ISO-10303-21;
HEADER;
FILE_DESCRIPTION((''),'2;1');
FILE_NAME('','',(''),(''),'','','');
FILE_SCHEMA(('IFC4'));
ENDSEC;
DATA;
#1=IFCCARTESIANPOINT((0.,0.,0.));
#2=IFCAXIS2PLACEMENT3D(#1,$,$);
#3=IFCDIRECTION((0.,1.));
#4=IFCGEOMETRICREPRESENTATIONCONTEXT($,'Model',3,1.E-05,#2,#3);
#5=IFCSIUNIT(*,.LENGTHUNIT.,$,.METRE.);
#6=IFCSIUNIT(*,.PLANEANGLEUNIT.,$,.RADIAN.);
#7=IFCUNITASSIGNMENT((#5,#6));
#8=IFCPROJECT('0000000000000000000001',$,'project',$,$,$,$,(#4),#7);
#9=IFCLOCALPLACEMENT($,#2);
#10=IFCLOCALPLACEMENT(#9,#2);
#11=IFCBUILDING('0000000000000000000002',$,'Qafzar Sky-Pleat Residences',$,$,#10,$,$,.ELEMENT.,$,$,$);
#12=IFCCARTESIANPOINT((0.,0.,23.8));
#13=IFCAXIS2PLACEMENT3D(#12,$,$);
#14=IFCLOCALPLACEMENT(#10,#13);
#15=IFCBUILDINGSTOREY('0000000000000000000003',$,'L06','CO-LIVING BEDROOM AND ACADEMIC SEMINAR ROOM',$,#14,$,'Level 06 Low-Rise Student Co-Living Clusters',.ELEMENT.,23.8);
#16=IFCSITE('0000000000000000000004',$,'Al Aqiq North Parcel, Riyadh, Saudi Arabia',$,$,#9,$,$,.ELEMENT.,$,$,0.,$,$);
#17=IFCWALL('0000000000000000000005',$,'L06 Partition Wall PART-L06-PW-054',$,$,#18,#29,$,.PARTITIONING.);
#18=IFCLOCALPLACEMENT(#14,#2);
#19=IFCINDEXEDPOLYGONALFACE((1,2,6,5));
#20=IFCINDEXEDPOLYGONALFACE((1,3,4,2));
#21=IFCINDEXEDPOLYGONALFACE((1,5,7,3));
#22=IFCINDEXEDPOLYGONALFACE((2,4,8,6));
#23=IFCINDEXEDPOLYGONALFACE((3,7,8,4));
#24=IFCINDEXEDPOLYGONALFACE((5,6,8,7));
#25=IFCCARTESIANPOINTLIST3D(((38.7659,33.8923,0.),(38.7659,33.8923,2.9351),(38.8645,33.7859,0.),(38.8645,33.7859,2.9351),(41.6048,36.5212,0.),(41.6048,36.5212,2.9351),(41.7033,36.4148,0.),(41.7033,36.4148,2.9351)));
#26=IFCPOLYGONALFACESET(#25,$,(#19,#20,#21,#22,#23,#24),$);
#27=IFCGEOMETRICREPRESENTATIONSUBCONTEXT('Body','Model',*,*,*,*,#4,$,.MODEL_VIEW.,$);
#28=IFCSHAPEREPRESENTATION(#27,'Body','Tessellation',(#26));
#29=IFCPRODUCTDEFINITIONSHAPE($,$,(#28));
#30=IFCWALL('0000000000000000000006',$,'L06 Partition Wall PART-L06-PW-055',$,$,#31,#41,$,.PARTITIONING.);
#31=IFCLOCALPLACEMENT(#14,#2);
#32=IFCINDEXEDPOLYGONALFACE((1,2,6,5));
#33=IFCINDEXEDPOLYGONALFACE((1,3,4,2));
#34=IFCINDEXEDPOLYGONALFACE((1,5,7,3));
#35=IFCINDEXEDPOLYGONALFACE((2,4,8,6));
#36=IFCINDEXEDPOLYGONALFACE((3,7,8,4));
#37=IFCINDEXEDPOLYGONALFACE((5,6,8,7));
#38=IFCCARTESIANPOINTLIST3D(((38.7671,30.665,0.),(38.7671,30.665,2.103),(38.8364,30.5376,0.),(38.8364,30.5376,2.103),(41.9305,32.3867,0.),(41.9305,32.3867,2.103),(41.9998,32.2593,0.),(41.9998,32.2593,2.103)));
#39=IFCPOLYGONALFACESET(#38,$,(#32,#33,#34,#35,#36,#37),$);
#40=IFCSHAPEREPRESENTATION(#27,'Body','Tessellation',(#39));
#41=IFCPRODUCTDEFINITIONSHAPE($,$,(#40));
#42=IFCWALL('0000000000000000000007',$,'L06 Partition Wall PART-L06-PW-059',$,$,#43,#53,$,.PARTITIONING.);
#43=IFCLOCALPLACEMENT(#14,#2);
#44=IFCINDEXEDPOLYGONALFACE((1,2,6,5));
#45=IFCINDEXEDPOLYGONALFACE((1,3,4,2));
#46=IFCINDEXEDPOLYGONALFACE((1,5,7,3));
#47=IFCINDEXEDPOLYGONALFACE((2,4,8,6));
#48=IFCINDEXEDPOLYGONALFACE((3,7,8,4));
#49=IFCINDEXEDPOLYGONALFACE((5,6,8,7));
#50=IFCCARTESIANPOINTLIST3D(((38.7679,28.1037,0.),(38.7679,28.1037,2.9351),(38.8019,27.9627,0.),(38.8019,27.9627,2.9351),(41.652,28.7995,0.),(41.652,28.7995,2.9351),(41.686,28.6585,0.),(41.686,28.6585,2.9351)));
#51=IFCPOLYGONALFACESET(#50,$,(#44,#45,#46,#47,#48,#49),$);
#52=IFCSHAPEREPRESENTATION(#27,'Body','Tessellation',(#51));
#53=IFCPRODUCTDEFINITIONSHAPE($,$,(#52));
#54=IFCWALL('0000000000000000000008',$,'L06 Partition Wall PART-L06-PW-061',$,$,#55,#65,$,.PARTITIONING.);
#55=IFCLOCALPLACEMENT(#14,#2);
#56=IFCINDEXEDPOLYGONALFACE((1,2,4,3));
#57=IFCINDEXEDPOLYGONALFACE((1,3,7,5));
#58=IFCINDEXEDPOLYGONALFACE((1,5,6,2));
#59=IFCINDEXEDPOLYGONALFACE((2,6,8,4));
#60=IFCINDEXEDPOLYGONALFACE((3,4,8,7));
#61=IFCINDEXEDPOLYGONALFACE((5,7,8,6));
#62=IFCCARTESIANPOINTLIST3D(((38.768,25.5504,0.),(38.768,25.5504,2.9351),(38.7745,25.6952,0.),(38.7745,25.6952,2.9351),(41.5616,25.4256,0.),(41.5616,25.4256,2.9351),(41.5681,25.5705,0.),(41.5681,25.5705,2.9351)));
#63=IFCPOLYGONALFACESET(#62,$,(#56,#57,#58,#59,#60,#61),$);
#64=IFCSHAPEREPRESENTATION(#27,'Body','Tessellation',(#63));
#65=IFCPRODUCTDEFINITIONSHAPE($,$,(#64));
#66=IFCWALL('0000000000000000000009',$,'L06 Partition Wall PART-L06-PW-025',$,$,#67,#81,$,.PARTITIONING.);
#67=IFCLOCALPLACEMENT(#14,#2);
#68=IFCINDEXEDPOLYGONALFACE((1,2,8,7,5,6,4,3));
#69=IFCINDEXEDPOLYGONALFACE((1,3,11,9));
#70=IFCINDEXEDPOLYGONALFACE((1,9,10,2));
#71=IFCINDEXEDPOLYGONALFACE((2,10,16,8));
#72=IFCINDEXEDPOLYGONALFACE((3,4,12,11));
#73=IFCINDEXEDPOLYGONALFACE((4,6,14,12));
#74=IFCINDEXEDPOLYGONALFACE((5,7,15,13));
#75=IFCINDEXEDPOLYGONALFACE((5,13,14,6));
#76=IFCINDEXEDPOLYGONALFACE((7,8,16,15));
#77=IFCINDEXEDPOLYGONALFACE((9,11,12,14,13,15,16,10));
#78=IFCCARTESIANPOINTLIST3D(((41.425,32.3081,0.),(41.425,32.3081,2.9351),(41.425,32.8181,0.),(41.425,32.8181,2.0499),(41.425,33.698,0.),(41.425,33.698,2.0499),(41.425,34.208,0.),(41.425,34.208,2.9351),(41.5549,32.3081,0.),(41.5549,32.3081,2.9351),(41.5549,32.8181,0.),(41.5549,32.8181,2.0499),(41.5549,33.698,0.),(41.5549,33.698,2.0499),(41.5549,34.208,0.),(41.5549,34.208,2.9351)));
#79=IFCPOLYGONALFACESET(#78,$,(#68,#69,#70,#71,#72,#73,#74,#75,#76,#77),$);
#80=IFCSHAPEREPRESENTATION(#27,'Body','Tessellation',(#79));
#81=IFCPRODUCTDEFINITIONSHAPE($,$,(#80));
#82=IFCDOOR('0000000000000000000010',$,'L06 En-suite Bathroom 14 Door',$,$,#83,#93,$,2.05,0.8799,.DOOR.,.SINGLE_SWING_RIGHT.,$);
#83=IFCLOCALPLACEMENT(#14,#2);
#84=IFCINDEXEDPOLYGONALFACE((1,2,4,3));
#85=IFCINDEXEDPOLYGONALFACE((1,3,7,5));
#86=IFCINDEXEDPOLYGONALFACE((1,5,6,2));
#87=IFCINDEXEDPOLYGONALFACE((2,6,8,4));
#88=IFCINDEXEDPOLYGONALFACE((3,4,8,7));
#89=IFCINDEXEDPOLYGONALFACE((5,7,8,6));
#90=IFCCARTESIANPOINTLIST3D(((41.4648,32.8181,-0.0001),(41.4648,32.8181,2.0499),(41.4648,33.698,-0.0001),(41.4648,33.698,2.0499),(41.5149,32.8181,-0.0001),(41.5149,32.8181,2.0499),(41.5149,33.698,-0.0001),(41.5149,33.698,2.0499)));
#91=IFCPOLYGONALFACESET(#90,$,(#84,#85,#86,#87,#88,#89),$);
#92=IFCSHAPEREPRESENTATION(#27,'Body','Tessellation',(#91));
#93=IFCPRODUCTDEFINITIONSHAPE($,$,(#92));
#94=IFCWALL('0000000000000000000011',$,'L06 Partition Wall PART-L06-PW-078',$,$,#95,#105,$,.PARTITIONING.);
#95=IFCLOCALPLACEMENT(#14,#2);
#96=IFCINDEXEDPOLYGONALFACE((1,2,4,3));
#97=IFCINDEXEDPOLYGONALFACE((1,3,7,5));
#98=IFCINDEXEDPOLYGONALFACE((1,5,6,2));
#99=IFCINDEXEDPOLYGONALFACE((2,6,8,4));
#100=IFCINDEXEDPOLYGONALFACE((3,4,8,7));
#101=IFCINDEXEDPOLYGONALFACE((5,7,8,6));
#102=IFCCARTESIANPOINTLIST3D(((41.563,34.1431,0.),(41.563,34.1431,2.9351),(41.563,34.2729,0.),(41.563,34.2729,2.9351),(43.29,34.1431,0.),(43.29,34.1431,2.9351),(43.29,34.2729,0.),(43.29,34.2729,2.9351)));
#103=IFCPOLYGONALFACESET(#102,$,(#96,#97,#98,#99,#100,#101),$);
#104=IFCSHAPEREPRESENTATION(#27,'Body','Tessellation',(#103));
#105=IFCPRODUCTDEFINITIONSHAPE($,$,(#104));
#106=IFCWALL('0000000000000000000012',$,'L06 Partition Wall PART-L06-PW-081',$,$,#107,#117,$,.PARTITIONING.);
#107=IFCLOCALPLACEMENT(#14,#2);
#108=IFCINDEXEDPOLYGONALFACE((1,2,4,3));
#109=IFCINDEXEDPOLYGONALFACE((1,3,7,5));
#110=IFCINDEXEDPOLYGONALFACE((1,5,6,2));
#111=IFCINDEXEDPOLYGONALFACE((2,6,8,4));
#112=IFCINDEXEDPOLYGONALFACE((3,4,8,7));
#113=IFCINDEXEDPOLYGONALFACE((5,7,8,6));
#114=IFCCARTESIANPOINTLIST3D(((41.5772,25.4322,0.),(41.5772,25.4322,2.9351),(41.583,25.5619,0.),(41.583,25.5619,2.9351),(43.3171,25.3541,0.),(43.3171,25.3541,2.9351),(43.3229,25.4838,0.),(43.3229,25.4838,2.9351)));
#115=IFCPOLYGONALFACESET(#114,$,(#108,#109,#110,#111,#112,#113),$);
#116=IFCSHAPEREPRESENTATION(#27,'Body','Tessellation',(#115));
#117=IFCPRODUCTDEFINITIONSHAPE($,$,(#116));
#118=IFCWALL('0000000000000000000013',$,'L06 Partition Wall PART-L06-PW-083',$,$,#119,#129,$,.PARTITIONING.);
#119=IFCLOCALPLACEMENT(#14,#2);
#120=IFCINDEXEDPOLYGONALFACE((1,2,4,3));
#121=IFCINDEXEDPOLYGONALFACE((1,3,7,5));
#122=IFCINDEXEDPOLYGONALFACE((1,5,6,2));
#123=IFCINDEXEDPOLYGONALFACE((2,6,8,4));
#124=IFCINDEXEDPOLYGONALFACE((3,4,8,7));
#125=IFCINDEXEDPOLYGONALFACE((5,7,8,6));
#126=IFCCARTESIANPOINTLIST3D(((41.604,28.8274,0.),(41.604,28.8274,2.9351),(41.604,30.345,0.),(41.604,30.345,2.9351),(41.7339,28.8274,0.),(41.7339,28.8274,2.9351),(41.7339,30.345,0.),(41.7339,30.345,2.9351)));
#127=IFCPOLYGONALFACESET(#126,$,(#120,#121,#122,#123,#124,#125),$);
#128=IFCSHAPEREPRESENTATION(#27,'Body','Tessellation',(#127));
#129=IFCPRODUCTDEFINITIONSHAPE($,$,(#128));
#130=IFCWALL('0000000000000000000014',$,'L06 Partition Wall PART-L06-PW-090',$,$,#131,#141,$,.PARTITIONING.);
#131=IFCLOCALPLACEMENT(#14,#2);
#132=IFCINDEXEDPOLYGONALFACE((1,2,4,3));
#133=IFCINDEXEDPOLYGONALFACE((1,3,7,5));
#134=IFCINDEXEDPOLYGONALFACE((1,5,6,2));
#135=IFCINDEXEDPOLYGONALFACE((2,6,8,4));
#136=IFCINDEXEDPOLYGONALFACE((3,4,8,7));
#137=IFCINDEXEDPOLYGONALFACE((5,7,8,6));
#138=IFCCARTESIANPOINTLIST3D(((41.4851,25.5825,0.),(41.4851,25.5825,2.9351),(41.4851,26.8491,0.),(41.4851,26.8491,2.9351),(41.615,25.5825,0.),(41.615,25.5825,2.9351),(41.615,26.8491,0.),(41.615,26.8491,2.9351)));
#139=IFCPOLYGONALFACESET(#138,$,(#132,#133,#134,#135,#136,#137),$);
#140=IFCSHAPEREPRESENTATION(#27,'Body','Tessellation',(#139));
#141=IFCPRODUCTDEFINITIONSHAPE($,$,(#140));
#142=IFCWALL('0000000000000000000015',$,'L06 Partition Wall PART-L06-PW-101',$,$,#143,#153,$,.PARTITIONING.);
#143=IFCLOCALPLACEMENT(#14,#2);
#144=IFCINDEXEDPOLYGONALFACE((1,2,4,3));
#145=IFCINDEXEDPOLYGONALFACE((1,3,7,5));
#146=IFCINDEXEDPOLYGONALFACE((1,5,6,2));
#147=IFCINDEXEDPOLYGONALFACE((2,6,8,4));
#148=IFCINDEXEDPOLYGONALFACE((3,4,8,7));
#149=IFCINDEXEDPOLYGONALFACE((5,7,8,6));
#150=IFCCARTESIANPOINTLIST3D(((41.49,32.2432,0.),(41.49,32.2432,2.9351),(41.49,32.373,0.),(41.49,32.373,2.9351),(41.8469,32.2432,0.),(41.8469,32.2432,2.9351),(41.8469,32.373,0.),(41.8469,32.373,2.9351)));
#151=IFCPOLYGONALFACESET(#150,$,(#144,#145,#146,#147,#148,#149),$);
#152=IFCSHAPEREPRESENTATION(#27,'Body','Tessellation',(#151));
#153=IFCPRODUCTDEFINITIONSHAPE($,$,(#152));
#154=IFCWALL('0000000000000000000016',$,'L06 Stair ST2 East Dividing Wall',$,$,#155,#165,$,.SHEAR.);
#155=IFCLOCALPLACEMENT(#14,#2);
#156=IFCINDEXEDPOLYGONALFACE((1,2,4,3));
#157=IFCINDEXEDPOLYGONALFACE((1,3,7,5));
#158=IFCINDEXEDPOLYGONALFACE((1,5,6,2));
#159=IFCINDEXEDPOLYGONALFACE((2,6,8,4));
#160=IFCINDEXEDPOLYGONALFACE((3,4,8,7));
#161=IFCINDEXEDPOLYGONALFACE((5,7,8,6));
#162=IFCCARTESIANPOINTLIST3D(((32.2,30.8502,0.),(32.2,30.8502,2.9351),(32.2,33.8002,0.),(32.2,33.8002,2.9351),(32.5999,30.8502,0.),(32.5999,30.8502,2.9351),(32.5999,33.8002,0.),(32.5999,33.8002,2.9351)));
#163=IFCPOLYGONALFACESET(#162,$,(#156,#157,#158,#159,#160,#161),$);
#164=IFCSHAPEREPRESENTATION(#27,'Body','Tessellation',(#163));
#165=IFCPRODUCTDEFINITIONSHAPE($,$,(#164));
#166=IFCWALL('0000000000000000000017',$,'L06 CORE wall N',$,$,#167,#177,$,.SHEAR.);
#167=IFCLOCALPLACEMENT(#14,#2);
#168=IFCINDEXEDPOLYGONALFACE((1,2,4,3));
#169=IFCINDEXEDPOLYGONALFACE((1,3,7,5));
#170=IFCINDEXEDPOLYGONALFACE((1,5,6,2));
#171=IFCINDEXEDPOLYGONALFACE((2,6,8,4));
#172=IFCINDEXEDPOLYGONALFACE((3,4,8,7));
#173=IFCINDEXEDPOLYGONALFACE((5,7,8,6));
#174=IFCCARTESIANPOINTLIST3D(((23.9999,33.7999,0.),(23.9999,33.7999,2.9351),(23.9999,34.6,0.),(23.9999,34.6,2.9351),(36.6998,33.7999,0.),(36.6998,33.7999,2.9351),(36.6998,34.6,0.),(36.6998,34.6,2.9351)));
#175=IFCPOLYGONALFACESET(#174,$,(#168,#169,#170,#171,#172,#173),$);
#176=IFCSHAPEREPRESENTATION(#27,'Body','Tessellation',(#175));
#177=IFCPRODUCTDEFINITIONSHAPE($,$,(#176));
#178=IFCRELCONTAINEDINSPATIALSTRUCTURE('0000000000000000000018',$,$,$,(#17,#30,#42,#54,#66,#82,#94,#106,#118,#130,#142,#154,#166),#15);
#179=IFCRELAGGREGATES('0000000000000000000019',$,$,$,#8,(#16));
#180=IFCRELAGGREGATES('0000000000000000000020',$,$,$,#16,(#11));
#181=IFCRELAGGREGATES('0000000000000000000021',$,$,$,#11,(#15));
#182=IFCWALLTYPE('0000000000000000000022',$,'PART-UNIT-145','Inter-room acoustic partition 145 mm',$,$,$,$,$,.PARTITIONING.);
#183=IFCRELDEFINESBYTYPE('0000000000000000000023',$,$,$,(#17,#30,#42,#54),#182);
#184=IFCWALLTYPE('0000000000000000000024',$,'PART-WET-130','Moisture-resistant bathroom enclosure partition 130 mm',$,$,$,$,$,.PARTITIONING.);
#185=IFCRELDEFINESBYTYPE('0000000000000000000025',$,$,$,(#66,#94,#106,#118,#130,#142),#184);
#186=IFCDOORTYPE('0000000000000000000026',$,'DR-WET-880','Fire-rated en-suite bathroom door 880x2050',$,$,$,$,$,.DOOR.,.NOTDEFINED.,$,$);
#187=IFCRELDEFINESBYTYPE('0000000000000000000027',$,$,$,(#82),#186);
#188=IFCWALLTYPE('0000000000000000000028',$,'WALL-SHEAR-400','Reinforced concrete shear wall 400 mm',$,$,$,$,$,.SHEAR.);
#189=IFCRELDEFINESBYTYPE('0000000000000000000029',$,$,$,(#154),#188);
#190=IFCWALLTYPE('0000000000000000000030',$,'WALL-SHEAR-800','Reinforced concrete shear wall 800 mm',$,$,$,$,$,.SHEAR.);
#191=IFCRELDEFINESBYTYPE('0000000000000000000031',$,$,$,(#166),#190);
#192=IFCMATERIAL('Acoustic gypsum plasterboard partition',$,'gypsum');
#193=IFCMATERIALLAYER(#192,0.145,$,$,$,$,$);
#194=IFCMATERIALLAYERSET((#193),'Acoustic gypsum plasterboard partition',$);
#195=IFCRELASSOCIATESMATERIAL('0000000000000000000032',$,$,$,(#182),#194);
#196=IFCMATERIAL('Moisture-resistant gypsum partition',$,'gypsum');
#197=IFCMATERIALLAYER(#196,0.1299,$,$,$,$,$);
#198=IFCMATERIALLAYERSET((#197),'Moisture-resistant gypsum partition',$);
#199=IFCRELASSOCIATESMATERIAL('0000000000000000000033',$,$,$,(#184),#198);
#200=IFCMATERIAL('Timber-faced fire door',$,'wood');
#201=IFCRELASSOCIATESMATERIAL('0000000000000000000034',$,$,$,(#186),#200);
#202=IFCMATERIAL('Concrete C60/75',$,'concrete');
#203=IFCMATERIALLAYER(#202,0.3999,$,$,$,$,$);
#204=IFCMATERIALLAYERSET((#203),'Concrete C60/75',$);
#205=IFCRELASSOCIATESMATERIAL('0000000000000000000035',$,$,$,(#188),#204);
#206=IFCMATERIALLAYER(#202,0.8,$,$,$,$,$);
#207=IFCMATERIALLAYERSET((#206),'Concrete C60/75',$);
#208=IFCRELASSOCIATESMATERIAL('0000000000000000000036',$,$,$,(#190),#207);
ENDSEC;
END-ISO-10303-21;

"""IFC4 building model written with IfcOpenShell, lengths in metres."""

from ifc_helpers import new_model, si_unit, direction, frame, frame_2d, origin, place, context, subcontext, project, spatial, rectangle, extrude, source, transform, mapped, material, layer, layer_set, type_object, element, fill, save


model = new_model("IFC4")

# Units and contexts
model_context = context("Model", 3, precision=1e-05, world=origin(), true_north=direction((0.0, 1.0)))
body_context = subcontext(model_context, "Body", "Model", "MODEL_VIEW")
ifc_project = project(units=[si_unit("LENGTHUNIT", "METRE"), si_unit("PLANEANGLEUNIT", "RADIAN")], contexts=[model_context])

# Site, building, storey
site_placement = place(None, origin())
site = spatial("IfcSite", under=ifc_project, at=site_placement, Name="Al Aqiq North Parcel, Riyadh, Saudi Arabia", CompositionType="ELEMENT", RefElevation=0.0)
building_placement = place(site_placement, origin())
building = spatial("IfcBuilding", under=site, at=building_placement, Name="Qafzar Sky-Pleat Residences", CompositionType="ELEMENT")
storey_placement = place(building_placement, frame((0.0, 0.0, 23.8)))
storey = spatial("IfcBuildingStorey", under=building, at=storey_placement, Name="L06", Description="CO-LIVING BEDROOM AND ACADEMIC SEMINAR ROOM", LongName="Level 06 Low-Rise Student Co-Living Clusters", CompositionType="ELEMENT", Elevation=23.8)

# Shared definitions
ifc_material_1 = material(Name="Acoustic gypsum plasterboard partition", Category="gypsum")
ifc_material_2 = material(Name="Timber-faced fire door", Category="wood")

# Walls
ifc_layer_1 = layer(ifc_material_1, 0.145)
ifc_layer_set_1 = layer_set([ifc_layer_1], Name="Acoustic gypsum plasterboard partition")
wall_type_1 = type_object("IfcWallType", Name="PART-UNIT-145", Description="Inter-room acoustic partition 145 mm", PredefinedType="PARTITIONING", material=ifc_layer_set_1)
wall_1_placement = place(storey_placement, frame((38.8152, 33.8391, 0.0), z_axis=(0.0, 0.0, 1.0), x_axis=(0.733719, 0.679453, 0.0)))
element("IfcWall", 1, at=wall_1_placement, inside=storey, type_object=wall_type_1, Name="L06 Partition Wall PART-L06-PW-054", PredefinedType="PARTITIONING", context=body_context, shape_type="SweptSolid", body=[
    extrude(rectangle(XDim=3.8691, YDim=0.145, at=frame_2d((1.9346, 0.0))), origin(), (0.0, 0.0, 1.0), 2.9351),
])
wall_2_placement = place(storey_placement, frame((38.8018, 30.6013, 0.0), z_axis=(0.0, 0.0, 1.0), x_axis=(0.878336, 0.478045, 0.0)))
element("IfcWall", 2, at=wall_2_placement, inside=storey, type_object=wall_type_1, Name="L06 Partition Wall PART-L06-PW-055", PredefinedType="PARTITIONING", context=body_context, shape_type="SweptSolid", body=[
    extrude(rectangle(XDim=3.6016, YDim=0.145, at=frame_2d((1.8008, 0.0))), origin(), (0.0, 0.0, 1.0), 2.103),
])
wall_3_placement = place(storey_placement, frame((38.7849, 28.0332, 0.0), z_axis=(0.0, 0.0, 1.0), x_axis=(0.972109, 0.234531, 0.0)))
element("IfcWall", 3, at=wall_3_placement, inside=storey, type_object=wall_type_1, Name="L06 Partition Wall PART-L06-PW-059", PredefinedType="PARTITIONING", context=body_context, shape_type="SweptSolid", body=[
    extrude(rectangle(XDim=2.9668, YDim=0.145, at=frame_2d((1.4834, 0.0))), origin(), (0.0, 0.0, 1.0), 2.9351),
])
wall_4_placement = place(storey_placement, frame((38.7712, 25.6228, 0.0), z_axis=(0.0, 0.0, 1.0), x_axis=(0.999004, -0.044612, 0.0)))
element("IfcWall", 4, at=wall_4_placement, inside=storey, type_object=wall_type_1, Name="L06 Partition Wall PART-L06-PW-061", PredefinedType="PARTITIONING", context=body_context, shape_type="SweptSolid", body=[
    extrude(rectangle(XDim=2.7964, YDim=0.145, at=frame_2d((1.3982, 0.0))), origin(), (0.0, 0.0, 1.0), 2.9351),
])

# Wall, opening, door
ifc_material_3 = material(Name="Moisture-resistant gypsum partition", Category="gypsum")
ifc_layer_2 = layer(ifc_material_3, 0.1299)
ifc_layer_set_2 = layer_set([ifc_layer_2], Name="Moisture-resistant gypsum partition")
wall_type_2 = type_object("IfcWallType", Name="PART-WET-130", Description="Moisture-resistant bathroom enclosure partition 130 mm", PredefinedType="PARTITIONING", material=ifc_layer_set_2)
wall_5_placement = place(storey_placement, frame((41.49, 34.208, 0.0), z_axis=(0.0, 0.0, 1.0), x_axis=(0.0, -1.0, 0.0)))
wall_5 = element("IfcWall", 5, at=wall_5_placement, inside=storey, type_object=wall_type_2, Name="L06 Partition Wall PART-L06-PW-025", PredefinedType="PARTITIONING", context=body_context, shape_type="SweptSolid", body=[
    extrude(rectangle(XDim=1.8999, YDim=0.1299, at=frame_2d((0.95, 0.0))), origin(), (0.0, 0.0, 1.0), 2.9351),
])
opening_1_placement = place(wall_5_placement, frame((0.51, 0.0, 0.0)))
opening_1 = element("IfcOpeningElement", 6, at=opening_1_placement, cuts=wall_5, PredefinedType="OPENING", context=body_context, shape_type="SweptSolid", body=[
    extrude(rectangle(XDim=0.8799, YDim=2.05, at=frame_2d((0.4399, 1.0249))), frame((0.0, 0.075, 0.0), z_axis=(0.0, -1.0, 0.0), x_axis=(1.0, 0.0, 0.0)), (0.0, 0.0, 1.0), 0.1499),
])
door_type_1 = type_object("IfcDoorType", Name="DR-WET-880", Description="Fire-rated en-suite bathroom door 880x2050", OperationType="NOTDEFINED", PredefinedType="DOOR", material=ifc_material_2)
shared_shape_1 = source(origin(), body_context, "Body", "SweptSolid", [
    extrude(rectangle(XDim=0.8799, YDim=2.05, at=frame_2d((0.4399, 1.0249))), frame((0.0, 0.0249, 0.0), z_axis=(0.0, -1.0, 0.0), x_axis=(1.0, 0.0, 0.0)), (0.0, 0.0, 1.0), 0.05),
])
door_1_placement = place(opening_1_placement, origin())
door_1 = element("IfcDoor", 7, at=door_1_placement, inside=storey, type_object=door_type_1, Name="L06 En-suite Bathroom 14 Door", OperationType="SINGLE_SWING_RIGHT", OverallHeight=2.05, OverallWidth=0.8799, PredefinedType="DOOR", context=body_context, shape_type="MappedRepresentation", body=[
    mapped(shared_shape_1, transform((0.0, 0.0, 0.0), x_axis=(1.0, 0.0, 0.0), y_axis=(0.0, 1.0, 0.0), z_axis=(0.0, 0.0, 1.0), scale=1.0)),
])
fill(opening_1, door_1)

# Walls
wall_6_placement = place(storey_placement, frame((41.563, 34.208, 0.0), z_axis=(0.0, 0.0, 1.0), x_axis=(1.0, 0.0, 0.0)))
element("IfcWall", 8, at=wall_6_placement, inside=storey, type_object=wall_type_2, Name="L06 Partition Wall PART-L06-PW-078", PredefinedType="PARTITIONING", context=body_context, shape_type="SweptSolid", body=[
    extrude(rectangle(XDim=1.7271, YDim=0.1299, at=frame_2d((0.8635, 0.0))), origin(), (0.0, 0.0, 1.0), 2.9351),
])
wall_7_placement = place(storey_placement, frame((41.5801, 25.4971, 0.0), z_axis=(0.0, 0.0, 1.0), x_axis=(0.998994, -0.044854, 0.0)))
element("IfcWall", 9, at=wall_7_placement, inside=storey, type_object=wall_type_2, Name="L06 Partition Wall PART-L06-PW-081", PredefinedType="PARTITIONING", context=body_context, shape_type="SweptSolid", body=[
    extrude(rectangle(XDim=1.7417, YDim=0.1299, at=frame_2d((0.8708, 0.0))), origin(), (0.0, 0.0, 1.0), 2.9351),
])
wall_8_placement = place(storey_placement, frame((41.6689, 28.8274, 0.0), z_axis=(0.0, 0.0, 1.0), x_axis=(0.0, 1.0, 0.0)))
element("IfcWall", 10, at=wall_8_placement, inside=storey, type_object=wall_type_2, Name="L06 Partition Wall PART-L06-PW-083", PredefinedType="PARTITIONING", context=body_context, shape_type="SweptSolid", body=[
    extrude(rectangle(XDim=1.5176, YDim=0.1299, at=frame_2d((0.7588, 0.0))), origin(), (0.0, 0.0, 1.0), 2.9351),
])
wall_9_placement = place(storey_placement, frame((41.55, 25.5825, 0.0), z_axis=(0.0, 0.0, 1.0), x_axis=(0.0, 1.0, 0.0)))
element("IfcWall", 11, at=wall_9_placement, inside=storey, type_object=wall_type_2, Name="L06 Partition Wall PART-L06-PW-090", PredefinedType="PARTITIONING", context=body_context, shape_type="SweptSolid", body=[
    extrude(rectangle(XDim=1.2666, YDim=0.1299, at=frame_2d((0.6333, 0.0))), origin(), (0.0, 0.0, 1.0), 2.9351),
])
wall_10_placement = place(storey_placement, frame((41.49, 32.3081, 0.0), z_axis=(0.0, 0.0, 1.0), x_axis=(1.0, 0.0, 0.0)))
element("IfcWall", 12, at=wall_10_placement, inside=storey, type_object=wall_type_2, Name="L06 Partition Wall PART-L06-PW-101", PredefinedType="PARTITIONING", context=body_context, shape_type="SweptSolid", body=[
    extrude(rectangle(XDim=0.3569, YDim=0.1299, at=frame_2d((0.1785, 0.0))), origin(), (0.0, 0.0, 1.0), 2.9351),
])
ifc_material_4 = material(Name="Concrete C60/75", Category="concrete")
ifc_layer_3 = layer(ifc_material_4, 0.3999)
ifc_layer_set_3 = layer_set([ifc_layer_3], Name="Concrete C60/75")
wall_type_3 = type_object("IfcWallType", Name="WALL-SHEAR-400", Description="Reinforced concrete shear wall 400 mm", PredefinedType="SHEAR", material=ifc_layer_set_3)
wall_11_placement = place(storey_placement, frame((32.3999, 30.8501, 0.0), z_axis=(0.0, 0.0, 1.0), x_axis=(0.0, 1.0, 0.0)))
element("IfcWall", 13, at=wall_11_placement, inside=storey, type_object=wall_type_3, Name="L06 Stair ST2 East Dividing Wall", PredefinedType="SHEAR", context=body_context, shape_type="SweptSolid", body=[
    extrude(rectangle(XDim=2.95, YDim=0.3999, at=frame_2d((1.4751, 0.0))), origin(), (0.0, 0.0, 1.0), 2.9351),
])
ifc_layer_4 = layer(ifc_material_4, 0.8)
ifc_layer_set_4 = layer_set([ifc_layer_4], Name="Concrete C60/75")
wall_type_4 = type_object("IfcWallType", Name="WALL-SHEAR-800", Description="Reinforced concrete shear wall 800 mm", PredefinedType="SHEAR", material=ifc_layer_set_4)
wall_12_placement = place(storey_placement, frame((36.7, 34.2, 0.0), z_axis=(0.0, 0.0, 1.0), x_axis=(-1.0, 0.0, 0.0)))
element("IfcWall", 14, at=wall_12_placement, inside=storey, type_object=wall_type_4, Name="L06 CORE wall N", PredefinedType="SHEAR", context=body_context, shape_type="SweptSolid", body=[
    extrude(rectangle(XDim=12.7, YDim=0.8, at=frame_2d((6.3501, 0.0))), origin(), (0.0, 0.0, 1.0), 2.9351),
])

save(model, "model.ifc")
